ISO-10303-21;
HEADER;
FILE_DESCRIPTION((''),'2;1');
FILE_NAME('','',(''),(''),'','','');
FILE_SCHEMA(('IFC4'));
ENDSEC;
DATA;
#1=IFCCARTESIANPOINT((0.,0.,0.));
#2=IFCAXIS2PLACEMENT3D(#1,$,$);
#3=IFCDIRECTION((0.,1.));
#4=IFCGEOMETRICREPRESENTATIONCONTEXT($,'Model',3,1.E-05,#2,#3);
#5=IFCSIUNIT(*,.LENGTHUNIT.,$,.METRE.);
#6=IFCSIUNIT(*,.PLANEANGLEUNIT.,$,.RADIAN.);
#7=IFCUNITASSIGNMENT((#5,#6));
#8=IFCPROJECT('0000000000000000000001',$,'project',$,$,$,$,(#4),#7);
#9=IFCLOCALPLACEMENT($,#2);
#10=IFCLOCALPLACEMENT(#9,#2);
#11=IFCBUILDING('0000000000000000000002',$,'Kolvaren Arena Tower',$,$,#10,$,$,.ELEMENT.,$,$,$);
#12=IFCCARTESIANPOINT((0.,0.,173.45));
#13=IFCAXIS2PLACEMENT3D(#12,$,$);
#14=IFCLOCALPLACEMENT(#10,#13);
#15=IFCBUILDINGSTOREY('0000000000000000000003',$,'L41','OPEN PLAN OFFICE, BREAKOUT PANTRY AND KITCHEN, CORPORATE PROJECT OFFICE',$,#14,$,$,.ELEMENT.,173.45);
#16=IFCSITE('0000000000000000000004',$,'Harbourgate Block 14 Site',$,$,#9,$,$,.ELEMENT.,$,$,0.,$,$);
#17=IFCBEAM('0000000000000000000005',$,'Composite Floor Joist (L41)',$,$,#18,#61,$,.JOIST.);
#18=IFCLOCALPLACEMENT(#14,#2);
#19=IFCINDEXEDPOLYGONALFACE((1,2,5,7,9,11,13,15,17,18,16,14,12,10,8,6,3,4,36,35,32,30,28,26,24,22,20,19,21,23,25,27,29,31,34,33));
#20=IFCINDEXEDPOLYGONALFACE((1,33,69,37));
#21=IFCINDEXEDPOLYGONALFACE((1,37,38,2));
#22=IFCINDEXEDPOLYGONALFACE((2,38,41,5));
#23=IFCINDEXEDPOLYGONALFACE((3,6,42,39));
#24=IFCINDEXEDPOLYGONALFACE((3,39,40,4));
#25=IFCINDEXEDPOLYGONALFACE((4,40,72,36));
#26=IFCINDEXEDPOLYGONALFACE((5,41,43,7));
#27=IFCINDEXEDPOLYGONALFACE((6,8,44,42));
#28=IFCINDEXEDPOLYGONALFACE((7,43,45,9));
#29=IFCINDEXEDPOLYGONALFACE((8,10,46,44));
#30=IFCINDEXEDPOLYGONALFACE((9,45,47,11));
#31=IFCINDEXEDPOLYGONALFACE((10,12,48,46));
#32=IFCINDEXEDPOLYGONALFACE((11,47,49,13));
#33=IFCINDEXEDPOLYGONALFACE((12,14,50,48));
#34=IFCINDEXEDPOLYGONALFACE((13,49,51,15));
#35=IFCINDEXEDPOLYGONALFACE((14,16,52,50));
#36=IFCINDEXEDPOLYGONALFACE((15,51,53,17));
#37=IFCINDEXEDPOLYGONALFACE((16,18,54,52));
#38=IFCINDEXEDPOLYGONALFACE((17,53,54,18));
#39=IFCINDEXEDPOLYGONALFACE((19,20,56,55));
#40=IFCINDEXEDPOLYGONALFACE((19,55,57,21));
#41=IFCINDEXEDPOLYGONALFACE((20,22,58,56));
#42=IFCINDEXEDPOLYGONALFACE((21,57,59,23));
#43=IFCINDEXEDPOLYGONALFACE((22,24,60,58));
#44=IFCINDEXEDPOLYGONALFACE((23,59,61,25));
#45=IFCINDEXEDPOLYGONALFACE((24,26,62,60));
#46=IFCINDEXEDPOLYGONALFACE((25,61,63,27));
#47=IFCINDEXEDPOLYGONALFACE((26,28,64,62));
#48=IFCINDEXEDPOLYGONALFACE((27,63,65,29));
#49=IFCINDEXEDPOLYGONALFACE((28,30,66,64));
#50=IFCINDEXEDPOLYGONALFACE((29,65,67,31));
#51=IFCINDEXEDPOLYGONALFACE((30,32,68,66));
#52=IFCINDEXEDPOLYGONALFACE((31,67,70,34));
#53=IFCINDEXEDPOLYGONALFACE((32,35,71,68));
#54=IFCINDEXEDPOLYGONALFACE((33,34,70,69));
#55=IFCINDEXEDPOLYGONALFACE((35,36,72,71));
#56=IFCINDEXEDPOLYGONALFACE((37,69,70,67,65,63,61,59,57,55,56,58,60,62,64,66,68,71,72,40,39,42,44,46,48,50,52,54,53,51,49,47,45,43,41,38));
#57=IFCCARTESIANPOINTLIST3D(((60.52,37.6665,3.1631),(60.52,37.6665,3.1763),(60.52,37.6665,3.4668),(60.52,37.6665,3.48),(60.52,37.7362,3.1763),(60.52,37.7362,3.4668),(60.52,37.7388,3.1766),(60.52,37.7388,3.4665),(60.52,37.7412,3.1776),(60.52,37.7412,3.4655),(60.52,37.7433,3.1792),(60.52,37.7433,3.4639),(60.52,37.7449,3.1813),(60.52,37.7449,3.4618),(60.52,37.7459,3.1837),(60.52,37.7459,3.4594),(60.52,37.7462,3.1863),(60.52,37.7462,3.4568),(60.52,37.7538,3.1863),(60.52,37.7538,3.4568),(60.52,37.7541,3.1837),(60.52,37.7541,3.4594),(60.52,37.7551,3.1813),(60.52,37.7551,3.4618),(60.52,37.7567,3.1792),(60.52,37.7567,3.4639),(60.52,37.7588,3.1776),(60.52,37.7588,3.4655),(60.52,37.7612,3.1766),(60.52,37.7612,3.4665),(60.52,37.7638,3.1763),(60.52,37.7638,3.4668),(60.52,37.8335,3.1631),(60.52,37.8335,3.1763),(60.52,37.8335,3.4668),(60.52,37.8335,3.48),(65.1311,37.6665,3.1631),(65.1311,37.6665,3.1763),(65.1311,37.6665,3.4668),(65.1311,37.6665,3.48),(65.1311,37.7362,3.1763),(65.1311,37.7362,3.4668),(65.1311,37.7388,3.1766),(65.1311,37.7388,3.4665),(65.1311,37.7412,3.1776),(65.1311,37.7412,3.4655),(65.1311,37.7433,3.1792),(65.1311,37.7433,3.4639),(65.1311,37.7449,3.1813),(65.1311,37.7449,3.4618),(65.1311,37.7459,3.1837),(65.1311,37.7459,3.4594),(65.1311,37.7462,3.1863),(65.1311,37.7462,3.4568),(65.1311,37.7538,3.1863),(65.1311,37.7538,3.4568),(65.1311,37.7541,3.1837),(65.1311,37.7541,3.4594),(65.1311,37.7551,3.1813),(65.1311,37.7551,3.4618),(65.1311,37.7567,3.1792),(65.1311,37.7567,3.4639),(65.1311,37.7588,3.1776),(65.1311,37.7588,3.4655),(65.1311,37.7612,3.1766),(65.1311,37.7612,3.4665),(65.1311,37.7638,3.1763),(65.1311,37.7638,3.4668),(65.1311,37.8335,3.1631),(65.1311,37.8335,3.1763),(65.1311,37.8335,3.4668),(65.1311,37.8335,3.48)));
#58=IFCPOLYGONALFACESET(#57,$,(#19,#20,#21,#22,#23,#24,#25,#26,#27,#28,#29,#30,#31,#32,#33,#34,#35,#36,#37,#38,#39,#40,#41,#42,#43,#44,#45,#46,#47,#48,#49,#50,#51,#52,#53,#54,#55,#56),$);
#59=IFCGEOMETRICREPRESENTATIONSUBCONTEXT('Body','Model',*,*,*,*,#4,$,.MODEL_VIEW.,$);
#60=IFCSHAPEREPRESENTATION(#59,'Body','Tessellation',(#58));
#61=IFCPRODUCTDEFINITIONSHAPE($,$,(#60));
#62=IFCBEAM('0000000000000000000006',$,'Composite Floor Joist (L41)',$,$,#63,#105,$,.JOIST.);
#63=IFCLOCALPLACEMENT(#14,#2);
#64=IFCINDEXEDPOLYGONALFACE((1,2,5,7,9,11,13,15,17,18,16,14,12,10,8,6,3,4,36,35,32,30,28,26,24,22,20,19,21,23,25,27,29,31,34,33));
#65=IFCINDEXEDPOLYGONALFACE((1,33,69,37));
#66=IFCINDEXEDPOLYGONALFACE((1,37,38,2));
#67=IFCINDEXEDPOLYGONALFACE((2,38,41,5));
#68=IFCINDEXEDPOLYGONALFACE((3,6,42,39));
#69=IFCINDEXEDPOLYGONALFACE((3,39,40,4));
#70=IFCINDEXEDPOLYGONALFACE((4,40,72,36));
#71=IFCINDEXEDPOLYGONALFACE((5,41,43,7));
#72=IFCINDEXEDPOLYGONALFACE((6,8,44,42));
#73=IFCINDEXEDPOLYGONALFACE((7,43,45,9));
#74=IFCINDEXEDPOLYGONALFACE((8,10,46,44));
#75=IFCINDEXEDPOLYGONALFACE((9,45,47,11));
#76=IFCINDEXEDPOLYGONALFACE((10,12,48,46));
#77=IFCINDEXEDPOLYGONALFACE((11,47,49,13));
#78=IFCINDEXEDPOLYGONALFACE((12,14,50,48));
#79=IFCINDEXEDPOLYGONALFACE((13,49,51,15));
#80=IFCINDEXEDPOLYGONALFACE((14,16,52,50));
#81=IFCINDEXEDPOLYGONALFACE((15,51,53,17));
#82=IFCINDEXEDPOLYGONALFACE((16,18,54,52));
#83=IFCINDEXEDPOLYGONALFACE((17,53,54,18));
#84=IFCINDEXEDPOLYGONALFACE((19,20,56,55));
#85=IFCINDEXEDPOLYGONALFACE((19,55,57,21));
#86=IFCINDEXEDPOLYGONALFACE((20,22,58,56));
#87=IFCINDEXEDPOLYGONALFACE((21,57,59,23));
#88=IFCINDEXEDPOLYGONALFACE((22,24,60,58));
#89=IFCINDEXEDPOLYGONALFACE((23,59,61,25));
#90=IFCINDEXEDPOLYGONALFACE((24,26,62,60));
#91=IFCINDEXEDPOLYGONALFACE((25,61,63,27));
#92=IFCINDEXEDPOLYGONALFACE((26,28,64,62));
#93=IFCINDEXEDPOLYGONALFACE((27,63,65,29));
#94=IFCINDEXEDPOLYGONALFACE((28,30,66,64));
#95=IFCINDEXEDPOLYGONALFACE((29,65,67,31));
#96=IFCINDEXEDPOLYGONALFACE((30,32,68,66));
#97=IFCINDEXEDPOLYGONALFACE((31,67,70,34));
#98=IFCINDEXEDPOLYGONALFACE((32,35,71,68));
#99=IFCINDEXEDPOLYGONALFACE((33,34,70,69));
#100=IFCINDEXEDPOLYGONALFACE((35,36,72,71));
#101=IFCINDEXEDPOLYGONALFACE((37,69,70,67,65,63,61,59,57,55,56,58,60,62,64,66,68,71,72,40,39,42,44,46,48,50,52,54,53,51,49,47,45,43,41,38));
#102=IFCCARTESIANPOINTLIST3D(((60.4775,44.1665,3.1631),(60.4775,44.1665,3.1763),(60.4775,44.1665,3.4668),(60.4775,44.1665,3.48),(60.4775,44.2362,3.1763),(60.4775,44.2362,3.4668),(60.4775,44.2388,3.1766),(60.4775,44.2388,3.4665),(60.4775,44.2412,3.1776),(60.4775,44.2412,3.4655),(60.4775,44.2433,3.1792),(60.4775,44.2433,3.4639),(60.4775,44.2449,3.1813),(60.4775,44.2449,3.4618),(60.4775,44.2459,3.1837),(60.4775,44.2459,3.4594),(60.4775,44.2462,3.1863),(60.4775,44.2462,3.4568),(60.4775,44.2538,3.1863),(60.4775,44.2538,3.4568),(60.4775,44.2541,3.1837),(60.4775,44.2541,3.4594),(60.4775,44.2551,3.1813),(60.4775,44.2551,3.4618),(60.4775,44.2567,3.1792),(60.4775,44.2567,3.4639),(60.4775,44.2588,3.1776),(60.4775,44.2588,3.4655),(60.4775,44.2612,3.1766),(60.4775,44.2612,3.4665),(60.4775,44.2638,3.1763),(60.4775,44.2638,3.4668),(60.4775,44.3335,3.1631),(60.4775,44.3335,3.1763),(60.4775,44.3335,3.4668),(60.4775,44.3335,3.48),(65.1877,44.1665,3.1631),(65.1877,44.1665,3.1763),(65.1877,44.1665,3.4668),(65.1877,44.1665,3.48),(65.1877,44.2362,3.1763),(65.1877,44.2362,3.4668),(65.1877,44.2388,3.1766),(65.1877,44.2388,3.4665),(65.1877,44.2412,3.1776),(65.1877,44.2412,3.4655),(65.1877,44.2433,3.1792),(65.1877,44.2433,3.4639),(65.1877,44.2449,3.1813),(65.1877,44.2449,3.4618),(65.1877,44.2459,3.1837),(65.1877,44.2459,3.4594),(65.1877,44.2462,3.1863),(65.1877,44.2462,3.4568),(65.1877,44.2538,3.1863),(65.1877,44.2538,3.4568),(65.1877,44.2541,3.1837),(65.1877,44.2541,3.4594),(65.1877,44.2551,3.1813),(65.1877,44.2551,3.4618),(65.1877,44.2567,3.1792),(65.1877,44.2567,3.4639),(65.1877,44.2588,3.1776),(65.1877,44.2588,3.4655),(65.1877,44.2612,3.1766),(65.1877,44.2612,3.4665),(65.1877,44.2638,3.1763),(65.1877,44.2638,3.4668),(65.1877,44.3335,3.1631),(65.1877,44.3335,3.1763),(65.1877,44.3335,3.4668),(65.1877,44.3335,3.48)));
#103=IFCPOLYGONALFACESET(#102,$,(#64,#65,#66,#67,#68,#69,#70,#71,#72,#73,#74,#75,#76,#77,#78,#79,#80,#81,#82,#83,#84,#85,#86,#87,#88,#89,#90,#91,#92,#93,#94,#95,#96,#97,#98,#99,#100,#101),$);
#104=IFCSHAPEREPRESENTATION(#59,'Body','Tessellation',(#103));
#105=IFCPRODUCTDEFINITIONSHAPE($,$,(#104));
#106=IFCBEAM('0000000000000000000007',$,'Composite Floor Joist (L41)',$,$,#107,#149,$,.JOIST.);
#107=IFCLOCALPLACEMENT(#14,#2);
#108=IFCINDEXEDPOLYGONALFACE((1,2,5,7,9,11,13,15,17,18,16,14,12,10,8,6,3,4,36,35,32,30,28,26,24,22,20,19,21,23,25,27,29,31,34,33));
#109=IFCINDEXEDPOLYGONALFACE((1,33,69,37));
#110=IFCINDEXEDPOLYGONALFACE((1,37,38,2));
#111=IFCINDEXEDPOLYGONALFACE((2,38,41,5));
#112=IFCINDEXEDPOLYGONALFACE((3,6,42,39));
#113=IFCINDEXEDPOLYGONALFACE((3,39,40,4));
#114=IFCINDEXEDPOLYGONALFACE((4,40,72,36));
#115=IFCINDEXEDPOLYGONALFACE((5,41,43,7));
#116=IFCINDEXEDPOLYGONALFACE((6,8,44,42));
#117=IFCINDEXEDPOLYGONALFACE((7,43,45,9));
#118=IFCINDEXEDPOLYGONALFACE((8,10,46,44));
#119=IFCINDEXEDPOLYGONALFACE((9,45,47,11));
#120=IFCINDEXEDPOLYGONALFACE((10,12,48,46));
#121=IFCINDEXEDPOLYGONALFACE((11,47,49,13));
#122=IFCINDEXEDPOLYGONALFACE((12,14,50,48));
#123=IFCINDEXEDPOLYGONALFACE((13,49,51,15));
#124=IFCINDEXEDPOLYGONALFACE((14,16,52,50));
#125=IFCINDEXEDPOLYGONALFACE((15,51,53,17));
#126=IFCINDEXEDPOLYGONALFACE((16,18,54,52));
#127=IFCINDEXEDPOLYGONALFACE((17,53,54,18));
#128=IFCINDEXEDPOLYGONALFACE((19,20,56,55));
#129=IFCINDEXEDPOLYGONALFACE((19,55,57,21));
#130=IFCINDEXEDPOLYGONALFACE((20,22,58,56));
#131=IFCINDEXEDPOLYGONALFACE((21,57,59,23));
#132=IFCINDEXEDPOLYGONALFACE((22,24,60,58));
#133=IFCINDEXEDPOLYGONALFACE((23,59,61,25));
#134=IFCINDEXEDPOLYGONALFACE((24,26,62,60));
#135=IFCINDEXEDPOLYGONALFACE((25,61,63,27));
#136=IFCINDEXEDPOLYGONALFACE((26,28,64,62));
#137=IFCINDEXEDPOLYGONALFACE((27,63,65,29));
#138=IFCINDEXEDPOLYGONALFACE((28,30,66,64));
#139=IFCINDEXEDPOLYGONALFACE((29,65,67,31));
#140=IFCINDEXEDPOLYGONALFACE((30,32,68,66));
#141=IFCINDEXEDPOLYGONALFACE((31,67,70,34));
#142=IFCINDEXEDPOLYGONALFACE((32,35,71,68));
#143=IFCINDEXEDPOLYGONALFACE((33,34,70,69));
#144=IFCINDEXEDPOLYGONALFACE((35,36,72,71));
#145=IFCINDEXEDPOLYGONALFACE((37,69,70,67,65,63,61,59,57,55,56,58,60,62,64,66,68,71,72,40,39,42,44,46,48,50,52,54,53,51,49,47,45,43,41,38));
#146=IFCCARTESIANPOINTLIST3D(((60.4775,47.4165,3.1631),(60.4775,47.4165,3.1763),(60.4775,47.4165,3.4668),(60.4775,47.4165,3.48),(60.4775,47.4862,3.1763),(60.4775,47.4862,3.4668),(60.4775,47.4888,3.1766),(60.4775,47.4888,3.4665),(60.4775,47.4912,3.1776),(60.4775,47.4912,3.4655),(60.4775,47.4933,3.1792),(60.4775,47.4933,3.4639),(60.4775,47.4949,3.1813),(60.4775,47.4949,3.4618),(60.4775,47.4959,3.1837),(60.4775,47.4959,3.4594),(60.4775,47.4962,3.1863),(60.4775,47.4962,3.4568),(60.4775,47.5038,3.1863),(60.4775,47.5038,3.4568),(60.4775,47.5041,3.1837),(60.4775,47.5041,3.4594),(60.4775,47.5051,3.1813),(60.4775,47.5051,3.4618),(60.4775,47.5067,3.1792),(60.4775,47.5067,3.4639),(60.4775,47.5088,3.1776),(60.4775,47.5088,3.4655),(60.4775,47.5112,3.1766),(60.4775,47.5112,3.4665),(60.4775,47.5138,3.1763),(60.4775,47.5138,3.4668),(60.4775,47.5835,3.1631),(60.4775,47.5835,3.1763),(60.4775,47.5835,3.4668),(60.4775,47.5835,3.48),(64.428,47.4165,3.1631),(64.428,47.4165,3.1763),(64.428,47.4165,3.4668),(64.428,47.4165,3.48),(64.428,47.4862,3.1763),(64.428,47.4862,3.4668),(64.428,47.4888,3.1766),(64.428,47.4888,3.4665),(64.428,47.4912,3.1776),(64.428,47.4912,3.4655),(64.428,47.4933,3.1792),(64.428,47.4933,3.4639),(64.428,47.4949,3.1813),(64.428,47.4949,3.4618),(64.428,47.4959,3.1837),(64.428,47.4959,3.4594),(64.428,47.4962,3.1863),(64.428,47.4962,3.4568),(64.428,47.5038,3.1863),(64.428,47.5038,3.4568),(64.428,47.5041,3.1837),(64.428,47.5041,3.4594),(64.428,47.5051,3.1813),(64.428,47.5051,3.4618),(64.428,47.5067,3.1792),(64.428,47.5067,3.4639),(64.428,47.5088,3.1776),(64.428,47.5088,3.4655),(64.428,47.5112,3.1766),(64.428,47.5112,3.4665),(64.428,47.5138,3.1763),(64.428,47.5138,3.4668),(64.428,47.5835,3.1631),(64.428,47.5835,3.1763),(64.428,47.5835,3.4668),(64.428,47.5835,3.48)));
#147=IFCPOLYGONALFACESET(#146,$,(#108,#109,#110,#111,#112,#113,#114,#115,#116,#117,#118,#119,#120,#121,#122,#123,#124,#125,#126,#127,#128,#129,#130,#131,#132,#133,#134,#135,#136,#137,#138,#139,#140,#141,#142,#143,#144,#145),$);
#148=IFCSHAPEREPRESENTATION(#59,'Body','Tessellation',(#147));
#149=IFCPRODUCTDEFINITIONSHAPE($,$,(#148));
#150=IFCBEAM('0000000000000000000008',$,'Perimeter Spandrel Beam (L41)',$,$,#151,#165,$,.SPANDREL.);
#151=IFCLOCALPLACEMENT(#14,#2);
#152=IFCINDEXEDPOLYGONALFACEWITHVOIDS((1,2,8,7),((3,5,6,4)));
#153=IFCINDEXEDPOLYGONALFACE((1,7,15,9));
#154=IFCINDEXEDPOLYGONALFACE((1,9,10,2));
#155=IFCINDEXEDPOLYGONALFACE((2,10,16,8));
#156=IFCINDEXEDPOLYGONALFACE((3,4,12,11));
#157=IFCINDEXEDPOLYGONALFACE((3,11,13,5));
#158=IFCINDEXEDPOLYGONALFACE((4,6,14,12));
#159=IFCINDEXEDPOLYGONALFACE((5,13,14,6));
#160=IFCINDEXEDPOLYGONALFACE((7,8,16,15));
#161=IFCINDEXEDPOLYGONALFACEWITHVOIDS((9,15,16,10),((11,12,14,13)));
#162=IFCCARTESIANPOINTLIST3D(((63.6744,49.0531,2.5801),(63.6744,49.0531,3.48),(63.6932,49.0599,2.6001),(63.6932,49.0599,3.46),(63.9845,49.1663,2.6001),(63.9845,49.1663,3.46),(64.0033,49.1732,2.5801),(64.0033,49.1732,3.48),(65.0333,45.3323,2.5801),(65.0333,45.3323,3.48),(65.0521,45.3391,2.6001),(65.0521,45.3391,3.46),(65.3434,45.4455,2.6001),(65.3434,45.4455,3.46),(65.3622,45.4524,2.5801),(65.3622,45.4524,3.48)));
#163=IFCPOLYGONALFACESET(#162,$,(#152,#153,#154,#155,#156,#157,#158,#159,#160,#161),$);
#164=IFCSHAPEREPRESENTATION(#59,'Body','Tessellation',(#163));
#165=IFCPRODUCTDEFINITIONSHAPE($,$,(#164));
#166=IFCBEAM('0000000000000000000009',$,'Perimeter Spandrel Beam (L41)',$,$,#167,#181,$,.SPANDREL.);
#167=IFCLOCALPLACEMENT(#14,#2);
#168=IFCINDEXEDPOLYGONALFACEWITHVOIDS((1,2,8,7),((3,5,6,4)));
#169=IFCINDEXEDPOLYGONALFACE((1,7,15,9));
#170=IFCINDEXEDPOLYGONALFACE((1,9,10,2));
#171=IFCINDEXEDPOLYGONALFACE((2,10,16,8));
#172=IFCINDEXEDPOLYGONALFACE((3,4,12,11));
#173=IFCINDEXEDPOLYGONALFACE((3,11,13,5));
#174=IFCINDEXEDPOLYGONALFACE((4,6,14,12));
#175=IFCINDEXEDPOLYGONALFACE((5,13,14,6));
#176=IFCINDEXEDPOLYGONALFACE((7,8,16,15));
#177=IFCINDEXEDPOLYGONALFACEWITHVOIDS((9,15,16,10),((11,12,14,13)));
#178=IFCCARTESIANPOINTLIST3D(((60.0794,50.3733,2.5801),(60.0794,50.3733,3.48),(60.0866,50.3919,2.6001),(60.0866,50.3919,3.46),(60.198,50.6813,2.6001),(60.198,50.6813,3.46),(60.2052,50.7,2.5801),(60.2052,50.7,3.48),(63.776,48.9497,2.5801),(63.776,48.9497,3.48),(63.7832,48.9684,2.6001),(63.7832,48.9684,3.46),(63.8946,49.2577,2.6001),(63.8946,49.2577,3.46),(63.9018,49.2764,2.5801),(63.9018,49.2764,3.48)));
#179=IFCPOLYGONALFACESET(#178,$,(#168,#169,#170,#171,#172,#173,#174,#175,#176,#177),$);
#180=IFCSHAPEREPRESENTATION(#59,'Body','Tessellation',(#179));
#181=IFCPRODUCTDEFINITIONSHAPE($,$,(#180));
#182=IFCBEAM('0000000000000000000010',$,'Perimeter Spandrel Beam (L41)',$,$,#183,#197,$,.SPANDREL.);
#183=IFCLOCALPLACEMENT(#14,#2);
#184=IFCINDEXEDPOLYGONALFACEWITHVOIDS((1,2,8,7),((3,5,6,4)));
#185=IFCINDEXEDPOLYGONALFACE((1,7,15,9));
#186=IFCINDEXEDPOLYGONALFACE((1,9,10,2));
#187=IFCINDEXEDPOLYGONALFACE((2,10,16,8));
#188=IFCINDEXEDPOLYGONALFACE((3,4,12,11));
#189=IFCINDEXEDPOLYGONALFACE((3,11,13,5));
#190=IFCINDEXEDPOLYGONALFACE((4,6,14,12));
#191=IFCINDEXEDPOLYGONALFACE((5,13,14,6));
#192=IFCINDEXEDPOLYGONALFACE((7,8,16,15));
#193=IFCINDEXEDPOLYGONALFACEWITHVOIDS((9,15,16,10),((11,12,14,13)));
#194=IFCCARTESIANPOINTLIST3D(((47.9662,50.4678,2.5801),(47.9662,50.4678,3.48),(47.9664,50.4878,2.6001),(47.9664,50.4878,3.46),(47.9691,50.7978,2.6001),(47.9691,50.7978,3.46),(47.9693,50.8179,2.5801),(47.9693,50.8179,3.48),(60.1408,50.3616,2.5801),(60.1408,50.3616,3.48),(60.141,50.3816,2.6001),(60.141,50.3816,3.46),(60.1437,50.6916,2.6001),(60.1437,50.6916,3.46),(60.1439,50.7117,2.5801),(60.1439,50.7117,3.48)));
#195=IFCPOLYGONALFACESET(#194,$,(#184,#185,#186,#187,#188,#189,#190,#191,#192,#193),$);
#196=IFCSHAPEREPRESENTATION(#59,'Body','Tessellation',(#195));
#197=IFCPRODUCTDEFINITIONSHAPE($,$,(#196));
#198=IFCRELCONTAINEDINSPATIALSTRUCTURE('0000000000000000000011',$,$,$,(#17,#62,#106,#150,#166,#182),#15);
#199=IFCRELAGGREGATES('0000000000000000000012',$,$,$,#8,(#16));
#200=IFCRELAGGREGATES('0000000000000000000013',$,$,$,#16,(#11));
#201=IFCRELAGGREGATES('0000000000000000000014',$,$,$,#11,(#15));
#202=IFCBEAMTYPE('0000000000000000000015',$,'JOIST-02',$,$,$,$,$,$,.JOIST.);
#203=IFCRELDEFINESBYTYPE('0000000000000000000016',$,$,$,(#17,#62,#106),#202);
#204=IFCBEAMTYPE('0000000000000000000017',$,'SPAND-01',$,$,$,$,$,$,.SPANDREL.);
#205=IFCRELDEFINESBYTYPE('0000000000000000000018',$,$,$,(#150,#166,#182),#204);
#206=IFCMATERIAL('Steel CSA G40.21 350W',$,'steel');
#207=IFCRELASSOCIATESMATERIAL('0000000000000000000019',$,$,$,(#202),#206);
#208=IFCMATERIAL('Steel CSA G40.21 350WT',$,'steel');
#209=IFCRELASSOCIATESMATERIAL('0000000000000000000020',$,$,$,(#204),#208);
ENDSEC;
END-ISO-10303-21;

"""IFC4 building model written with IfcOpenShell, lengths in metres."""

from ifc_helpers import new_model, si_unit, direction, frame, origin, origin_2d, place, context, subcontext, project, spatial, hollow_rectangle, i_section, extrude, material, material_profile, profile_set, type_object, element, save


model = new_model("IFC4")

# Units and contexts
model_context = context("Model", 3, precision=1e-05, world=origin(), true_north=direction((0.0, 1.0)))
body_context = subcontext(model_context, "Body", "Model", "MODEL_VIEW")
ifc_project = project(units=[si_unit("LENGTHUNIT", "METRE"), si_unit("PLANEANGLEUNIT", "RADIAN")], contexts=[model_context])

# Site, building, storey
site_placement = place(None, origin())
site = spatial("IfcSite", under=ifc_project, at=site_placement, Name="Harbourgate Block 14 Site", CompositionType="ELEMENT", RefElevation=0.0)
building_placement = place(site_placement, origin())
building = spatial("IfcBuilding", under=site, at=building_placement, Name="Kolvaren Arena Tower", CompositionType="ELEMENT")
storey_placement = place(building_placement, frame((0.0, 0.0, 173.45)))
storey = spatial("IfcBuildingStorey", under=building, at=storey_placement, Name="L41", Description="OPEN PLAN OFFICE, BREAKOUT PANTRY AND KITCHEN, CORPORATE PROJECT OFFICE", CompositionType="ELEMENT", Elevation=173.45)

# Beams
ifc_material_1 = material(Name="Steel CSA G40.21 350W", Category="steel")
ifc_material_profile_1 = material_profile(ifc_material_1, i_section(OverallWidth=0.167, OverallDepth=0.3169, WebThickness=0.0076, FlangeThickness=0.0132, FilletRadius=0.01, at=origin_2d()), Name="W310x52")
ifc_profile_set_1 = profile_set([ifc_material_profile_1], Name="Steel CSA G40.21 350W")
beam_type_1 = type_object("IfcBeamType", Name="JOIST-02", PredefinedType="JOIST", material=ifc_profile_set_1)
beam_1_placement = place(storey_placement, frame((60.52, 37.75, 3.3215), z_axis=(1.0, 0.0, 0.0), x_axis=(0.0, 1.0, 0.0)))
element("IfcBeam", 1, at=beam_1_placement, inside=storey, type_object=beam_type_1, Name="Composite Floor Joist (L41)", PredefinedType="JOIST", context=body_context, shape_type="SweptSolid", body=[
    extrude(i_section(OverallWidth=0.167, OverallDepth=0.3169, WebThickness=0.0076, FlangeThickness=0.0132, FilletRadius=0.01, at=origin_2d()), origin(), (0.0, 0.0, 1.0), 4.6111),
])
beam_2_placement = place(storey_placement, frame((60.4775, 44.25, 3.3215), z_axis=(1.0, 0.0, 0.0), x_axis=(0.0, 1.0, 0.0)))
element("IfcBeam", 2, at=beam_2_placement, inside=storey, type_object=beam_type_1, Name="Composite Floor Joist (L41)", PredefinedType="JOIST", context=body_context, shape_type="SweptSolid", body=[
    extrude(i_section(OverallWidth=0.167, OverallDepth=0.3169, WebThickness=0.0076, FlangeThickness=0.0132, FilletRadius=0.01, at=origin_2d()), origin(), (0.0, 0.0, 1.0), 4.7102),
])
beam_3_placement = place(storey_placement, frame((60.4775, 47.5, 3.3215), z_axis=(1.0, 0.0, 0.0), x_axis=(0.0, 1.0, 0.0)))
element("IfcBeam", 3, at=beam_3_placement, inside=storey, type_object=beam_type_1, Name="Composite Floor Joist (L41)", PredefinedType="JOIST", context=body_context, shape_type="SweptSolid", body=[
    extrude(i_section(OverallWidth=0.167, OverallDepth=0.3169, WebThickness=0.0076, FlangeThickness=0.0132, FilletRadius=0.01, at=origin_2d()), origin(), (0.0, 0.0, 1.0), 3.9504),
])
ifc_material_2 = material(Name="Steel CSA G40.21 350WT", Category="steel")
ifc_material_profile_2 = material_profile(ifc_material_2, hollow_rectangle(XDim=0.3501, YDim=0.8999, WallThickness=0.02, at=origin_2d()), Name="HSS 900x350x20")
ifc_profile_set_2 = profile_set([ifc_material_profile_2], Name="Steel CSA G40.21 350WT")
beam_type_2 = type_object("IfcBeamType", Name="SPAND-01", PredefinedType="SPANDREL", material=ifc_profile_set_2)
for number, where, z_axis, x_axis, name in (
    (4, (65.1978, 45.3923, 3.03), (-0.343059, 0.939314, 0.0), (-0.939314, -0.343059, 0.0), "Perimeter Spandrel Beam (L41)"),
    (5, (63.8389, 49.113, 3.03), (-0.93319, 0.359384, 0.0), (-0.359384, -0.93319, 0.0), "Perimeter Spandrel Beam (L41)"),
):
    element("IfcBeam", number, at=place(storey_placement, frame(where, z_axis=z_axis, x_axis=x_axis)), inside=storey, type_object=beam_type_2, Name=name, PredefinedType="SPANDREL", context=body_context, shape_type="SweptSolid", body=[
        extrude(hollow_rectangle(XDim=0.3501, YDim=0.8999, WallThickness=0.02, at=origin_2d()), origin(), (0.0, 0.0, 1.0), 3.9612),
    ])
beam_4_placement = place(storey_placement, frame((60.1423, 50.5366, 3.03), z_axis=(-0.999962, 0.008723, 0.0), x_axis=(-0.008723, -0.999962, 0.0)))
element("IfcBeam", 6, at=beam_4_placement, inside=storey, type_object=beam_type_2, Name="Perimeter Spandrel Beam (L41)", PredefinedType="SPANDREL", context=body_context, shape_type="SweptSolid", body=[
    extrude(hollow_rectangle(XDim=0.3501, YDim=0.8999, WallThickness=0.02, at=origin_2d()), origin(), (0.0, 0.0, 1.0), 12.175),
])

save(model, "model.ifc")
